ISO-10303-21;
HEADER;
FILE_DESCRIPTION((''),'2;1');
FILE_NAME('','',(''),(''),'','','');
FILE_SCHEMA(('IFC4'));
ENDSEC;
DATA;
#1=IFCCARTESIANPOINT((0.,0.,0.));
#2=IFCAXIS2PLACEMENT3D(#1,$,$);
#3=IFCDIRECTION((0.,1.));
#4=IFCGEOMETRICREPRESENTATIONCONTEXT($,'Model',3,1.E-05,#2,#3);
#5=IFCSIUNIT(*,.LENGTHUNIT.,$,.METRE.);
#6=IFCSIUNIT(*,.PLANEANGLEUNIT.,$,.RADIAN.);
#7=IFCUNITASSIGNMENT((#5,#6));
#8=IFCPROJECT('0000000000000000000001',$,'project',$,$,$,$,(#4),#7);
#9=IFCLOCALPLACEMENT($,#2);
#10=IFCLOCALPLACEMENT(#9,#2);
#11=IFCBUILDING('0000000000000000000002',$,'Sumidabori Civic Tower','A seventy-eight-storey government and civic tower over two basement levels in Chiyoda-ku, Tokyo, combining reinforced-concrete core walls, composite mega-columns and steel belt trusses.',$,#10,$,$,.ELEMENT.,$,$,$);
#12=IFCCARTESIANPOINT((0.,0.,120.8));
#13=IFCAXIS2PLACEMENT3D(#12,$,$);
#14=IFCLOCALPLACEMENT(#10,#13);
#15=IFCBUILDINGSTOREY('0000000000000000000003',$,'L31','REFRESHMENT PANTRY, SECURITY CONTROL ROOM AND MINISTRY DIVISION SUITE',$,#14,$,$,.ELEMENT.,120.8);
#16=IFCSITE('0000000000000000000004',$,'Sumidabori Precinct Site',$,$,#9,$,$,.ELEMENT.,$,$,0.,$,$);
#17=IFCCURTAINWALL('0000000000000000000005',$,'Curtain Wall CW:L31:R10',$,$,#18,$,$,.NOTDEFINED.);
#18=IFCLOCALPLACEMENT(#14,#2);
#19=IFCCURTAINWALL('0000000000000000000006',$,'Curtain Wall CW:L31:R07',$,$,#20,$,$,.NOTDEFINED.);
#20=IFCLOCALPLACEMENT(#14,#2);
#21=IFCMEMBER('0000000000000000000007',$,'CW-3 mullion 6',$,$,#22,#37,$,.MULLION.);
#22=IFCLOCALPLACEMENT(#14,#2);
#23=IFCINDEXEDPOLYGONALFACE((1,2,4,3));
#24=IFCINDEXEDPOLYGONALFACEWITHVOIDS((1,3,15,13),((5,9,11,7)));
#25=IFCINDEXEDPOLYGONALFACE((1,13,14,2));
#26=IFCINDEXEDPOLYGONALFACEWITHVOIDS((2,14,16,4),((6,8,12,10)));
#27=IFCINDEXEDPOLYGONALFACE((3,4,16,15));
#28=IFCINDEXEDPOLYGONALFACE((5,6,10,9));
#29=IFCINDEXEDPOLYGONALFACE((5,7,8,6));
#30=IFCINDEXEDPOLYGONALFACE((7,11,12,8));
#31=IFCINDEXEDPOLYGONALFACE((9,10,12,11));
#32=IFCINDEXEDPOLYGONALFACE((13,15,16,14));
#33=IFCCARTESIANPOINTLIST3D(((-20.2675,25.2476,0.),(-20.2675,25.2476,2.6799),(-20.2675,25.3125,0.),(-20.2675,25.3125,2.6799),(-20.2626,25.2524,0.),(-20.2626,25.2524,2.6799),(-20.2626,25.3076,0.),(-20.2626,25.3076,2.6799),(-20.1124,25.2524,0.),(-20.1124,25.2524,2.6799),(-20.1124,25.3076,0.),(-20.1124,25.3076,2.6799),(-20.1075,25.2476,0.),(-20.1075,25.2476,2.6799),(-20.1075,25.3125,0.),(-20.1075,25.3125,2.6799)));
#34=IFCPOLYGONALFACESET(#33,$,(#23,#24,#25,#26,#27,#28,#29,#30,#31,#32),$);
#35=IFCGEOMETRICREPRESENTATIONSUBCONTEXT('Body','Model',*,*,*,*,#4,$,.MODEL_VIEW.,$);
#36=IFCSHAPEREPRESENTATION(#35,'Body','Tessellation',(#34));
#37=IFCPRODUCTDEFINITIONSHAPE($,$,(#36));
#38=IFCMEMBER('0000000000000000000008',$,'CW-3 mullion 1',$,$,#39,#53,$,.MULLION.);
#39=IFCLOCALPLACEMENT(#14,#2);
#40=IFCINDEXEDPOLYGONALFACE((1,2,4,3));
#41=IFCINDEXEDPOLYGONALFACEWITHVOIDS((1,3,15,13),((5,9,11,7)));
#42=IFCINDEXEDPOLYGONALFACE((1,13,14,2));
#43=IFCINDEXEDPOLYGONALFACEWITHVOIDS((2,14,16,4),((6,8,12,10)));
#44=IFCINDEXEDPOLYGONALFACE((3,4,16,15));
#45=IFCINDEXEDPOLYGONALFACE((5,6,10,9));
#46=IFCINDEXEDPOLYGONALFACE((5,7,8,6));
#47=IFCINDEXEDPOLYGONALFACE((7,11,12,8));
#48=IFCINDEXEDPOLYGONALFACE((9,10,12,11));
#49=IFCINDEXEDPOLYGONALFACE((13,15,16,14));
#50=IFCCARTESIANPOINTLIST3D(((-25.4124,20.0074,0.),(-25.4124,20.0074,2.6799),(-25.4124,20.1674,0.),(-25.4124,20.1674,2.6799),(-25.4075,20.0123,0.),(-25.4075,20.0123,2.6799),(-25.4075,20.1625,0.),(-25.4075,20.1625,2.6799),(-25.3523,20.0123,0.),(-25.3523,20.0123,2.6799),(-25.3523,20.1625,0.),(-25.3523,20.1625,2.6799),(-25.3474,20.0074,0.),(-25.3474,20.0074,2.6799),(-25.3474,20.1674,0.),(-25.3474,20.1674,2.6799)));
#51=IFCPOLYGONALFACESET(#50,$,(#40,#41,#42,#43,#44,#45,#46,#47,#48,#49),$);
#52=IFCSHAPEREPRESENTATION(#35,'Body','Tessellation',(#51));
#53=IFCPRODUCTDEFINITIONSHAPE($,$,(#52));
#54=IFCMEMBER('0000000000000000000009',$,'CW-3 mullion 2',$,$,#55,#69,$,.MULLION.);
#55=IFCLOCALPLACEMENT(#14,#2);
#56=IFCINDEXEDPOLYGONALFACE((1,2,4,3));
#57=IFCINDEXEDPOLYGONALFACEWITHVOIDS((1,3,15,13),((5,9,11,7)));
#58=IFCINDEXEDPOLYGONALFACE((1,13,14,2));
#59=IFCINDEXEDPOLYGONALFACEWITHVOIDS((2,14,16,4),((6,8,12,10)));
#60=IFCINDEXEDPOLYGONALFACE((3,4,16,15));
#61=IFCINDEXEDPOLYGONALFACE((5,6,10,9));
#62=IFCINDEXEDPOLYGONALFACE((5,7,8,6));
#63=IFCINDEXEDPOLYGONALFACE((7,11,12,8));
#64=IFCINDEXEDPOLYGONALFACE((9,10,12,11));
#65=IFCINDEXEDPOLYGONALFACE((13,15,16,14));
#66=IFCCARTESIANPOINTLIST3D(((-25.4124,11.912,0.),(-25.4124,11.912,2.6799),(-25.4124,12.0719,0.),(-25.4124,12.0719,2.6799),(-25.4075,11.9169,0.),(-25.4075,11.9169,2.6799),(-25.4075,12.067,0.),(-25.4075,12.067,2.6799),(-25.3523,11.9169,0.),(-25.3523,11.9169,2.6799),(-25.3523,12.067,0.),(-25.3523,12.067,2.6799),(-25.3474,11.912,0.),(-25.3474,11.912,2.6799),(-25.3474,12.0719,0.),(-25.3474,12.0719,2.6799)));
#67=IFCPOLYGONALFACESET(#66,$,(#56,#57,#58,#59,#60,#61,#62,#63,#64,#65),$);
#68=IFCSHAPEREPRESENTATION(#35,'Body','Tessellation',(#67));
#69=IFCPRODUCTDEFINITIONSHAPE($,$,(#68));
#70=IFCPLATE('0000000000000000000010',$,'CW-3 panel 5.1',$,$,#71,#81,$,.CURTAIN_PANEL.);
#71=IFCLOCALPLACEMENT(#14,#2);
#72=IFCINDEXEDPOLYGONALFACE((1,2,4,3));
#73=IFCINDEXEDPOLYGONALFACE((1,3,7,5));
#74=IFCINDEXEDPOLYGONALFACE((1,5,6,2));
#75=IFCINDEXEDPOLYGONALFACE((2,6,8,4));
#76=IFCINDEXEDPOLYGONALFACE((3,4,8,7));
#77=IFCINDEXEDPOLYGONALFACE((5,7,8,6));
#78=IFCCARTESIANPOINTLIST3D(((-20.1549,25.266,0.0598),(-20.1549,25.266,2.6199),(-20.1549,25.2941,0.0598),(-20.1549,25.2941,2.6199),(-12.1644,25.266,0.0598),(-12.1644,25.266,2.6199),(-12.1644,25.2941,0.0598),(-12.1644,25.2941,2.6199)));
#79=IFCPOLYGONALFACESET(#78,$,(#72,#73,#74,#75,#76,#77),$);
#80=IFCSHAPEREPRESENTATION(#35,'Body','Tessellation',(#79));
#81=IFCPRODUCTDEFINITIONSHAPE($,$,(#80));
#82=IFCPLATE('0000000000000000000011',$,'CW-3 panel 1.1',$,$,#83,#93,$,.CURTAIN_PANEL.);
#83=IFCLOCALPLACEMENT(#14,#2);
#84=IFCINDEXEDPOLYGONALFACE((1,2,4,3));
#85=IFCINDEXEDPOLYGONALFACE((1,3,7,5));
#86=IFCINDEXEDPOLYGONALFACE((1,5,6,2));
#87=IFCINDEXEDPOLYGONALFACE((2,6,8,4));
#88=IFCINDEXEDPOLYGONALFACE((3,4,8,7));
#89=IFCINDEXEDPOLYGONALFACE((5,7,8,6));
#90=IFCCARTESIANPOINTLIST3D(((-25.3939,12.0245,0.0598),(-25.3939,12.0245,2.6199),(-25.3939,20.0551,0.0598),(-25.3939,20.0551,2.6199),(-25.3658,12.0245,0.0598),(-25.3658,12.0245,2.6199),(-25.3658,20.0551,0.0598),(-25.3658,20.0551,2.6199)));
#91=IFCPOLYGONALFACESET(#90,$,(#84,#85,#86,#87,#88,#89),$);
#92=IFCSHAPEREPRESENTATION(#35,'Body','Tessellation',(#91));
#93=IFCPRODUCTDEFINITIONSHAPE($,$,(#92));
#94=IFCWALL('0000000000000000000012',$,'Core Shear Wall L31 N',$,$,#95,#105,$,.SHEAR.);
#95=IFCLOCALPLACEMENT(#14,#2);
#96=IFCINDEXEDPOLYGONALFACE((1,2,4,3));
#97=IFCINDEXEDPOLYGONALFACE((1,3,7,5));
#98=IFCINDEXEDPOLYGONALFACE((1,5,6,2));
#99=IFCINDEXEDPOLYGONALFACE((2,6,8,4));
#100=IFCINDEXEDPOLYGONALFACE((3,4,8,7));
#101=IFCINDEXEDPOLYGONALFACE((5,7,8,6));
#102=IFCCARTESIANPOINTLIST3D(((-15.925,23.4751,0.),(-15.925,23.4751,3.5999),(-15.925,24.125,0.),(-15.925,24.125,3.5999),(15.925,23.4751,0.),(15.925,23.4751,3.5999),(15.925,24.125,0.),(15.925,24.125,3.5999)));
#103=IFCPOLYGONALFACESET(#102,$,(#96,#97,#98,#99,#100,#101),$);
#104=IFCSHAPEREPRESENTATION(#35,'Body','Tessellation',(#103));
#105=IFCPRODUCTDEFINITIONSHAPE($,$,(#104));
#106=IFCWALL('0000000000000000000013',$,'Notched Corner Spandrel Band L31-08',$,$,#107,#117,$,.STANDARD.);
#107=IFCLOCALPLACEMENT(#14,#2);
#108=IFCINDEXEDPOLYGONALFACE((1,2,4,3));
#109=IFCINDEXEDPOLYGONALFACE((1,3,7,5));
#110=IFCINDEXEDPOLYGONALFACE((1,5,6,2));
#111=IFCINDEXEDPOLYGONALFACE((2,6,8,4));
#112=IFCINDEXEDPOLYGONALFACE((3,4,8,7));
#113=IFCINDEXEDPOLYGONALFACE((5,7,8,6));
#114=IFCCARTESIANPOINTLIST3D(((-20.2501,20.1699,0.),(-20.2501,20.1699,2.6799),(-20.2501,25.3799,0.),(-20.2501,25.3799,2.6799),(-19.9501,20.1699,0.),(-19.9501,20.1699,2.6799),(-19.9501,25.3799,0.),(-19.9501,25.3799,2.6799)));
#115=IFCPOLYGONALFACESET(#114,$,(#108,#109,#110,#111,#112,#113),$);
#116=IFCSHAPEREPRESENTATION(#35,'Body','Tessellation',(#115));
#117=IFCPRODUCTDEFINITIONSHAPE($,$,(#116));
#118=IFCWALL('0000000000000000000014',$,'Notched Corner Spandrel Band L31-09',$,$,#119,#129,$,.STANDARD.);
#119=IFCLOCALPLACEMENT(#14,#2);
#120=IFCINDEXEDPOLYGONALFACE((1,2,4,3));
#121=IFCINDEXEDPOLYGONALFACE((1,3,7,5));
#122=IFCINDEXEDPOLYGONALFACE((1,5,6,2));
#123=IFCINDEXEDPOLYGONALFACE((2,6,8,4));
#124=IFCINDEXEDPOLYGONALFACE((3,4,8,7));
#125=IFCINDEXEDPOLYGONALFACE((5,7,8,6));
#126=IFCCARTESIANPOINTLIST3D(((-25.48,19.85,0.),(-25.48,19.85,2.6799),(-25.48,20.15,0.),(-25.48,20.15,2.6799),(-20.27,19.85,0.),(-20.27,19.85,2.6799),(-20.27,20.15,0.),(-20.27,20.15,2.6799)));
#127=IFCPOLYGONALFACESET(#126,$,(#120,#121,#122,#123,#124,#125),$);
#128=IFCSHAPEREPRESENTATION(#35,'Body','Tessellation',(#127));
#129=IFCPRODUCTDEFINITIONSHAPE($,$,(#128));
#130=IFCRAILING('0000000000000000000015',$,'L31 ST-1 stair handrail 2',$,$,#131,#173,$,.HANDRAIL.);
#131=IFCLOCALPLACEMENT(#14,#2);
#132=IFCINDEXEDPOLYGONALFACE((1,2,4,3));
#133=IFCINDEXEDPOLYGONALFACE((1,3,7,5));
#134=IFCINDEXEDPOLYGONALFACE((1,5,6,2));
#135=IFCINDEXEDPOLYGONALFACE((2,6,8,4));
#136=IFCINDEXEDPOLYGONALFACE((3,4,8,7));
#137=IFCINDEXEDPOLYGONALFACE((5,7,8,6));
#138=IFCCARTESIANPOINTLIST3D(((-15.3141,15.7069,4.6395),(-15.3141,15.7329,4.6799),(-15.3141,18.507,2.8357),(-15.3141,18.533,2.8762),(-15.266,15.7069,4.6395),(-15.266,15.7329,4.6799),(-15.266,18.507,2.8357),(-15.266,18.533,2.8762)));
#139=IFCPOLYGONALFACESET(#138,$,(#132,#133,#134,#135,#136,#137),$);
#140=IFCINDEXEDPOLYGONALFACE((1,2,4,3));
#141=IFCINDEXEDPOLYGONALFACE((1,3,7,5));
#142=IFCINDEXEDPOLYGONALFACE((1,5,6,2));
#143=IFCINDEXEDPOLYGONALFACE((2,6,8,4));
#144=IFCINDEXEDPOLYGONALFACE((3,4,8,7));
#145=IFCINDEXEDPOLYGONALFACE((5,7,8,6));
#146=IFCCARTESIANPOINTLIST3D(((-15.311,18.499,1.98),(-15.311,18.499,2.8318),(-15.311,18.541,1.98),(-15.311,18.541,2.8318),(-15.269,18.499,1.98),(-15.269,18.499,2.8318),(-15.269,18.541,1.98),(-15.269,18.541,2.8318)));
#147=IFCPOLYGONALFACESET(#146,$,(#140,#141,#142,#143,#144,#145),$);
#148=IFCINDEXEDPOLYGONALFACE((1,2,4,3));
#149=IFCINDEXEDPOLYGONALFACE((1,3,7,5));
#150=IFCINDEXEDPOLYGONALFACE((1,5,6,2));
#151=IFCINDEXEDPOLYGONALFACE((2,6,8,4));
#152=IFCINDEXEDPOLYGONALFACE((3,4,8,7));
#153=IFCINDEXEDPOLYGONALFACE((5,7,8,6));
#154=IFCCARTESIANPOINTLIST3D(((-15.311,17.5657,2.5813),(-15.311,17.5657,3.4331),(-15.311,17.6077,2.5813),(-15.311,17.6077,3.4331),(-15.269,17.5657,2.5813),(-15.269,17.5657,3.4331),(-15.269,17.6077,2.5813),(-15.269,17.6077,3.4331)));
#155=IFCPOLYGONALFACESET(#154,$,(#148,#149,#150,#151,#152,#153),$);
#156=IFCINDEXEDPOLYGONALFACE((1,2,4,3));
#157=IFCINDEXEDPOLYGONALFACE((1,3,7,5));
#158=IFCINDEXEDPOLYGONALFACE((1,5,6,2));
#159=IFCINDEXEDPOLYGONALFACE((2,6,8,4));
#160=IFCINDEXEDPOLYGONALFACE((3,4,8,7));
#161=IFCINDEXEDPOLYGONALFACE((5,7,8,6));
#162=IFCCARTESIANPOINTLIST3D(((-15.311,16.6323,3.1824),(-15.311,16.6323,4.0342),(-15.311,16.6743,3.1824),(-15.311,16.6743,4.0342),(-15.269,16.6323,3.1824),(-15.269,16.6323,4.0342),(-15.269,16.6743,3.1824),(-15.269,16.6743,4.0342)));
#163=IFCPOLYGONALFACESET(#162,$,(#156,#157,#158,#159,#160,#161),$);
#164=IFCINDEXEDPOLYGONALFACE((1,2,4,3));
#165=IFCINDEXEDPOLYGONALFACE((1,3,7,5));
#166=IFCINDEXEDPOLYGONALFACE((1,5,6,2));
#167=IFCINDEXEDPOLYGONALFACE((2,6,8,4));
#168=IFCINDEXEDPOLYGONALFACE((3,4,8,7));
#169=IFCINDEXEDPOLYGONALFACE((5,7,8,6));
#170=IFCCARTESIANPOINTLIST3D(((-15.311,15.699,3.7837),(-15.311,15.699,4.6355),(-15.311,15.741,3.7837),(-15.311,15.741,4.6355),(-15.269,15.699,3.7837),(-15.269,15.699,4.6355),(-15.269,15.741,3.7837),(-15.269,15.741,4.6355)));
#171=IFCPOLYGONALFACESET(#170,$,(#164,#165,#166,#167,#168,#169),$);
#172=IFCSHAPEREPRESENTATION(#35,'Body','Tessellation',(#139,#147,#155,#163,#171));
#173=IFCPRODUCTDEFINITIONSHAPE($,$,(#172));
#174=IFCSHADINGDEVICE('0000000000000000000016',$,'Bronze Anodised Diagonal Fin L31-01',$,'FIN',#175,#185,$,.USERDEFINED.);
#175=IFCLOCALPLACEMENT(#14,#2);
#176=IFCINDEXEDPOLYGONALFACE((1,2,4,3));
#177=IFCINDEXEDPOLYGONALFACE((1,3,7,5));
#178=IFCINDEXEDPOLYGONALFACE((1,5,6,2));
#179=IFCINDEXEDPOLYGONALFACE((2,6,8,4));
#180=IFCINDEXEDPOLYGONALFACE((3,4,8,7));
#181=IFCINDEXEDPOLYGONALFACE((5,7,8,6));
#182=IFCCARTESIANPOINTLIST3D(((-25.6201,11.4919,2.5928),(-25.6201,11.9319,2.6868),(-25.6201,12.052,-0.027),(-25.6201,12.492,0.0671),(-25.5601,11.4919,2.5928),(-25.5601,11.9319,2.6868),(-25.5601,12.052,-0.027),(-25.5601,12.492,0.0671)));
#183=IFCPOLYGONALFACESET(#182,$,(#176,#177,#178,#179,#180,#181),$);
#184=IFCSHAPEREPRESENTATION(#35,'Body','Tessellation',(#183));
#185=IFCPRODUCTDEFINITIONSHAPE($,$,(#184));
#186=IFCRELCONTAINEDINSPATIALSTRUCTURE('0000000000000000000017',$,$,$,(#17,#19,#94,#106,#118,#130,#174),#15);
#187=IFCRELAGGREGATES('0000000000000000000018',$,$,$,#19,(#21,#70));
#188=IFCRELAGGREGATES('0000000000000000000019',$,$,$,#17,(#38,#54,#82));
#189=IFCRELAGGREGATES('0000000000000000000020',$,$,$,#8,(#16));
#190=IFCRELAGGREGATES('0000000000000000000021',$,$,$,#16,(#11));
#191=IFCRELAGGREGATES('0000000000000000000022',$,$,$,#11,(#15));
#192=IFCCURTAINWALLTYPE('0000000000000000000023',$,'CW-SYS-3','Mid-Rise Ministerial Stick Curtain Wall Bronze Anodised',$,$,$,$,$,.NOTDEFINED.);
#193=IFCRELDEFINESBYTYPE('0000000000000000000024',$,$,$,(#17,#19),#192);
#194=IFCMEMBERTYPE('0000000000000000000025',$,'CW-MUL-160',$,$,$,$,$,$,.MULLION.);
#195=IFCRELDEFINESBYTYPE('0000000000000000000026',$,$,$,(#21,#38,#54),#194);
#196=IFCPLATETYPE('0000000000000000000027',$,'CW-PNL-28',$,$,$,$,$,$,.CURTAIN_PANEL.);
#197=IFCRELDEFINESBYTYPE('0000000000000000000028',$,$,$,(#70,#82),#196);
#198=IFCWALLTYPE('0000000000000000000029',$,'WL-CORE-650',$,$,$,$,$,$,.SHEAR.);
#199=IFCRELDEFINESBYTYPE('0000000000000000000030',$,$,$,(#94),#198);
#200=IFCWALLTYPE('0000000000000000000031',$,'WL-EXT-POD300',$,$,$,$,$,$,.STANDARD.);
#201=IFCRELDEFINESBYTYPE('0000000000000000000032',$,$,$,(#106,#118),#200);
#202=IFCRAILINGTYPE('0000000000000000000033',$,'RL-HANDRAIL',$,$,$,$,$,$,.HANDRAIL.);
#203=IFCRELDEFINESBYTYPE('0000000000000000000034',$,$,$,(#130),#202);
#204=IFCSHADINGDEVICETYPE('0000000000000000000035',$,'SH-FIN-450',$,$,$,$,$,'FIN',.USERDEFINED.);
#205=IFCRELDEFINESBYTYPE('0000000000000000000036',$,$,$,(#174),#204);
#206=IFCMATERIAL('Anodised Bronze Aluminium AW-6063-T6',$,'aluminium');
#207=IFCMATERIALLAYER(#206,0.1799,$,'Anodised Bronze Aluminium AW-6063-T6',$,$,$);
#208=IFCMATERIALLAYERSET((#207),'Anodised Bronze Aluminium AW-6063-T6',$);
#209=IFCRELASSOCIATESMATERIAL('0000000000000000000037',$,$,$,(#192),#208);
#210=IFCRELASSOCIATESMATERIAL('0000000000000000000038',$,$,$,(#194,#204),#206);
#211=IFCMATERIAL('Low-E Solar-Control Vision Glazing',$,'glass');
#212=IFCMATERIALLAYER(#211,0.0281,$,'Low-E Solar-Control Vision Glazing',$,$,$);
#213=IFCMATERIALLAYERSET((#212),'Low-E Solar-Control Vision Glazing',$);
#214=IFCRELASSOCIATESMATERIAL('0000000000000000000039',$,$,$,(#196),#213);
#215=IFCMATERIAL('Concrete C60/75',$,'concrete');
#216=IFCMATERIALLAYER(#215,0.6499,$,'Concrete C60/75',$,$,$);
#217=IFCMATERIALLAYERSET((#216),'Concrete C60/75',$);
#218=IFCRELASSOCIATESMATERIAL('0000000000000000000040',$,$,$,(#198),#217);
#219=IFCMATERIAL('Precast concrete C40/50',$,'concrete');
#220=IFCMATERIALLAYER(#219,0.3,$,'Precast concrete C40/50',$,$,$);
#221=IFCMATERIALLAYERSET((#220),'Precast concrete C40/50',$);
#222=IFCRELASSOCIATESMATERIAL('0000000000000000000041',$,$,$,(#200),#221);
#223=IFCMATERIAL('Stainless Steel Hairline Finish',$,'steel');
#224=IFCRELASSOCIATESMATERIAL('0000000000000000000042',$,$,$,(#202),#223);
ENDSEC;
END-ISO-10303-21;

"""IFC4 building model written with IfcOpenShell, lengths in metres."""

from ifc_helpers import new_model, si_unit, direction, frame, frame_2d, origin, origin_2d, place, context, subcontext, project, spatial, rectangle, hollow_rectangle, extrude, source, transform, mapped, material, layer, layer_set, material_profile, profile_set, type_object, element, aggregate, save


model = new_model("IFC4")

# Units and contexts
model_context = context("Model", 3, precision=1e-05, world=origin(), true_north=direction((0.0, 1.0)))
body_context = subcontext(model_context, "Body", "Model", "MODEL_VIEW")
ifc_project = project(units=[si_unit("LENGTHUNIT", "METRE"), si_unit("PLANEANGLEUNIT", "RADIAN")], contexts=[model_context])

# Site, building, storey
site_placement = place(None, origin())
site = spatial("IfcSite", under=ifc_project, at=site_placement, Name="Sumidabori Precinct Site", CompositionType="ELEMENT", RefElevation=0.0)
building_placement = place(site_placement, origin())
building = spatial("IfcBuilding", under=site, at=building_placement, Name="Sumidabori Civic Tower", Description="A seventy-eight-storey government and civic tower over two basement levels in Chiyoda-ku, Tokyo, combining reinforced-concrete core walls, composite mega-columns and steel belt trusses.", CompositionType="ELEMENT")
storey_placement = place(building_placement, frame((0.0, 0.0, 120.8)))
storey = spatial("IfcBuildingStorey", under=building, at=storey_placement, Name="L31", Description="REFRESHMENT PANTRY, SECURITY CONTROL ROOM AND MINISTRY DIVISION SUITE", CompositionType="ELEMENT", Elevation=120.8)

# Shared definitions
ifc_material_1 = material(Name="Concrete C60/75", Category="concrete")

# Curtain wall
ifc_material_2 = material(Name="Anodised Bronze Aluminium AW-6063-T6", Category="aluminium")
ifc_layer_1 = layer(ifc_material_2, 0.1799, Name="Anodised Bronze Aluminium AW-6063-T6")
ifc_layer_set_1 = layer_set([ifc_layer_1], Name="Anodised Bronze Aluminium AW-6063-T6")
curtain_wall_type = type_object("IfcCurtainWallType", Name="CW-SYS-3", Description="Mid-Rise Ministerial Stick Curtain Wall Bronze Anodised", PredefinedType="NOTDEFINED", material=ifc_layer_set_1)
curtain_wall_1_placement = place(storey_placement, origin())
curtain_wall_1 = element("IfcCurtainWall", 1, at=curtain_wall_1_placement, inside=storey, type_object=curtain_wall_type, Name="Curtain Wall CW:L31:R10", PredefinedType="NOTDEFINED")

# Curtain wall, member
curtain_wall_2_placement = place(storey_placement, origin())
curtain_wall_2 = element("IfcCurtainWall", 2, at=curtain_wall_2_placement, inside=storey, type_object=curtain_wall_type, Name="Curtain Wall CW:L31:R07", PredefinedType="NOTDEFINED")
ifc_material_profile_1 = material_profile(ifc_material_2, hollow_rectangle(XDim=0.0649, YDim=0.1599, WallThickness=0.0049, at=origin_2d()), Name="ALU MULLION 160x65")
ifc_profile_set_1 = profile_set([ifc_material_profile_1], Name="Anodised Bronze Aluminium AW-6063-T6")
member_type_1 = type_object("IfcMemberType", Name="CW-MUL-160", PredefinedType="MULLION", material=ifc_profile_set_1)
shared_shape_1 = source(origin(), body_context, "Body", "SweptSolid", [
    extrude(hollow_rectangle(XDim=0.0649, YDim=0.1599, WallThickness=0.0049, at=origin_2d()), origin(), (0.0, 0.0, 1.0), 2.6799),
])
member_1_placement = place(storey_placement, frame((-20.1875, 25.28, 0.0), z_axis=(0.0, 0.0, 1.0), x_axis=(0.0, -1.0, 0.0)))
member_1 = element("IfcMember", 3, at=member_1_placement, type_object=member_type_1, Name="CW-3 mullion 6", PredefinedType="MULLION", context=body_context, shape_type="MappedRepresentation", body=[
    mapped(shared_shape_1, transform((0.0, 0.0, 0.0), x_axis=(1.0, 0.0, 0.0), y_axis=(0.0, 1.0, 0.0), z_axis=(0.0, 0.0, 1.0), scale=1.0)),
])

# Members
member_2_placement = place(storey_placement, frame((-25.3799, 20.0874, 0.0), z_axis=(0.0, 0.0, 1.0), x_axis=(1.0, 0.0, 0.0)))
member_2 = element("IfcMember", 4, at=member_2_placement, type_object=member_type_1, Name="CW-3 mullion 1", PredefinedType="MULLION", context=body_context, shape_type="MappedRepresentation", body=[
    mapped(shared_shape_1, transform((0.0, 0.0, 0.0), x_axis=(1.0, 0.0, 0.0), y_axis=(0.0, 1.0, 0.0), z_axis=(0.0, 0.0, 1.0), scale=1.0)),
])
member_3_placement = place(storey_placement, frame((-25.3799, 11.9919, 0.0), z_axis=(0.0, 0.0, 1.0), x_axis=(1.0, 0.0, 0.0)))
member_3 = element("IfcMember", 5, at=member_3_placement, type_object=member_type_1, Name="CW-3 mullion 2", PredefinedType="MULLION", context=body_context, shape_type="MappedRepresentation", body=[
    mapped(shared_shape_1, transform((0.0, 0.0, 0.0), x_axis=(1.0, 0.0, 0.0), y_axis=(0.0, 1.0, 0.0), z_axis=(0.0, 0.0, 1.0), scale=1.0)),
])

# Plates
ifc_material_3 = material(Name="Low-E Solar-Control Vision Glazing", Category="glass")
ifc_layer_2 = layer(ifc_material_3, 0.0281, Name="Low-E Solar-Control Vision Glazing")
ifc_layer_set_2 = layer_set([ifc_layer_2], Name="Low-E Solar-Control Vision Glazing")
plate_type = type_object("IfcPlateType", Name="CW-PNL-28", PredefinedType="CURTAIN_PANEL", material=ifc_layer_set_2)
shared_shape_2 = source(origin(), body_context, "Body", "SweptSolid", [
    extrude(rectangle(XDim=7.9905, YDim=0.0281, at=origin_2d()), origin(), (0.0, 0.0, 1.0), 2.5601),
])
plate_1_placement = place(storey_placement, frame((-16.1597, 25.28, 0.0598), z_axis=(0.0, 0.0, 1.0), x_axis=(-1.0, 0.0, 0.0)))
plate_1 = element("IfcPlate", 6, at=plate_1_placement, type_object=plate_type, Name="CW-3 panel 5.1", PredefinedType="CURTAIN_PANEL", context=body_context, shape_type="MappedRepresentation", body=[
    mapped(shared_shape_2, transform((0.0, 0.0, 0.0), x_axis=(1.0, 0.0, 0.0), y_axis=(0.0, 1.0, 0.0), z_axis=(0.0, 0.0, 1.0), scale=1.0)),
])
aggregate(curtain_wall_2, [member_1, plate_1])
shared_shape_3 = source(origin(), body_context, "Body", "SweptSolid", [
    extrude(rectangle(XDim=8.0305, YDim=0.0281, at=origin_2d()), origin(), (0.0, 0.0, 1.0), 2.5601),
])
plate_2_placement = place(storey_placement, frame((-25.3799, 16.0398, 0.0598), z_axis=(0.0, 0.0, 1.0), x_axis=(0.0, -1.0, 0.0)))
plate_2 = element("IfcPlate", 7, at=plate_2_placement, type_object=plate_type, Name="CW-3 panel 1.1", PredefinedType="CURTAIN_PANEL", context=body_context, shape_type="MappedRepresentation", body=[
    mapped(shared_shape_3, transform((0.0, 0.0, 0.0), x_axis=(1.0, 0.0, 0.0), y_axis=(0.0, 1.0, 0.0), z_axis=(0.0, 0.0, 1.0), scale=1.0)),
])
aggregate(curtain_wall_1, [member_2, member_3, plate_2])

# Walls
ifc_layer_3 = layer(ifc_material_1, 0.6499, Name="Concrete C60/75")
ifc_layer_set_3 = layer_set([ifc_layer_3], Name="Concrete C60/75")
wall_type_1 = type_object("IfcWallType", Name="WL-CORE-650", PredefinedType="SHEAR", material=ifc_layer_set_3)
shared_shape_4 = source(origin(), body_context, "Body", "SweptSolid", [
    extrude(rectangle(XDim=31.8501, YDim=0.6499, at=frame_2d((15.925, 0.0))), origin(), (0.0, 0.0, 1.0), 3.5999),
])
wall_placement = place(storey_placement, frame((-15.925, 23.8, 0.0), z_axis=(0.0, 0.0, 1.0), x_axis=(1.0, 0.0, 0.0)))
element("IfcWall", 8, at=wall_placement, inside=storey, type_object=wall_type_1, Name="Core Shear Wall L31 N", PredefinedType="SHEAR", context=body_context, shape_type="MappedRepresentation", body=[
    mapped(shared_shape_4, transform((0.0, 0.0, 0.0), x_axis=(1.0, 0.0, 0.0), y_axis=(0.0, 1.0, 0.0), z_axis=(0.0, 0.0, 1.0), scale=1.0)),
])
ifc_material_4 = material(Name="Precast concrete C40/50", Category="concrete")
ifc_layer_4 = layer(ifc_material_4, 0.3, Name="Precast concrete C40/50")
ifc_layer_set_4 = layer_set([ifc_layer_4], Name="Precast concrete C40/50")
wall_type_2 = type_object("IfcWallType", Name="WL-EXT-POD300", PredefinedType="STANDARD", material=ifc_layer_set_4)
shared_shape_5 = source(origin(), body_context, "Body", "SweptSolid", [
    extrude(rectangle(XDim=5.21, YDim=0.3, at=frame_2d((2.605, 0.0))), origin(), (0.0, 0.0, 1.0), 2.6799),
])
for number, where, z_axis, x_axis, name in (
    (9, (-20.1001, 25.3799, 0.0), (0.0, 0.0, 1.0), (0.0, -1.0, 0.0), "Notched Corner Spandrel Band L31-08"),
    (10, (-20.27, 20.0, 0.0), (0.0, 0.0, 1.0), (-1.0, 0.0, 0.0), "Notched Corner Spandrel Band L31-09"),
):
    element("IfcWall", number, at=place(storey_placement, frame(where, z_axis=z_axis, x_axis=x_axis)), inside=storey, type_object=wall_type_2, Name=name, PredefinedType="STANDARD", context=body_context, shape_type="MappedRepresentation", body=[
        mapped(shared_shape_5, transform((0.0, 0.0, 0.0), x_axis=(1.0, 0.0, 0.0), y_axis=(0.0, 1.0, 0.0), z_axis=(0.0, 0.0, 1.0), scale=1.0)),
    ])

# Railing
ifc_material_5 = material(Name="Stainless Steel Hairline Finish", Category="steel")
railing_type = type_object("IfcRailingType", Name="RL-HANDRAIL", PredefinedType="HANDRAIL", material=ifc_material_5)
railing_placement = place(storey_placement, frame((-15.29, 18.52, 1.98)))
element("IfcRailing", 11, at=railing_placement, inside=storey, type_object=railing_type, Name="L31 ST-1 stair handrail 2", PredefinedType="HANDRAIL", context=body_context, shape_type="SweptSolid", body=[
    extrude(rectangle(XDim=0.0481, YDim=0.0481, at=origin_2d()), frame((0.0, 0.0, 0.876), z_axis=(0.0, -0.840676, 0.541539), x_axis=(1.0, 0.0, 0.0)), (0.0, 0.0, 1.0), 3.3308),
    extrude(rectangle(XDim=0.042, YDim=0.042, at=origin_2d()), origin(), (0.0, 0.0, 1.0), 0.8518),
    extrude(rectangle(XDim=0.042, YDim=0.042, at=origin_2d()), frame((0.0, -0.9333, 0.6013)), (0.0, 0.0, 1.0), 0.8518),
    extrude(rectangle(XDim=0.042, YDim=0.042, at=origin_2d()), frame((0.0, -1.8667, 1.2024)), (0.0, 0.0, 1.0), 0.8518),
    extrude(rectangle(XDim=0.042, YDim=0.042, at=origin_2d()), frame((0.0, -2.8, 1.8037)), (0.0, 0.0, 1.0), 0.8518),
])

# Shading device
ifc_material_profile_2 = material_profile(ifc_material_2, rectangle(XDim=0.0601, YDim=0.45, at=origin_2d()), Name="BRONZE FIN 450x60")
ifc_profile_set_2 = profile_set([ifc_material_profile_2], Name="Anodised Bronze Aluminium AW-6063-T6")
shading_device_type = type_object("IfcShadingDeviceType", Name="SH-FIN-450", ElementType="FIN", PredefinedType="USERDEFINED", material=ifc_profile_set_2)
shared_shape_6 = source(origin(), body_context, "Body", "SweptSolid", [
    extrude(rectangle(XDim=0.0601, YDim=0.45, at=origin_2d()), origin(), (0.0, 0.0, 1.0), 2.679),
])
shading_device_placement = place(storey_placement, frame((-25.5901, 12.272, 0.02), z_axis=(0.0, -0.20905, 0.977905), x_axis=(-1.0, 0.0, 0.0)))
element("IfcShadingDevice", 12, at=shading_device_placement, inside=storey, type_object=shading_device_type, Name="Bronze Anodised Diagonal Fin L31-01", ObjectType="FIN", PredefinedType="USERDEFINED", context=body_context, shape_type="MappedRepresentation", body=[
    mapped(shared_shape_6, transform((0.0, 0.0, 0.0), x_axis=(1.0, 0.0, 0.0), y_axis=(0.0, 1.0, 0.0), z_axis=(0.0, 0.0, 1.0), scale=1.0)),
])

save(model, "model.ifc")
